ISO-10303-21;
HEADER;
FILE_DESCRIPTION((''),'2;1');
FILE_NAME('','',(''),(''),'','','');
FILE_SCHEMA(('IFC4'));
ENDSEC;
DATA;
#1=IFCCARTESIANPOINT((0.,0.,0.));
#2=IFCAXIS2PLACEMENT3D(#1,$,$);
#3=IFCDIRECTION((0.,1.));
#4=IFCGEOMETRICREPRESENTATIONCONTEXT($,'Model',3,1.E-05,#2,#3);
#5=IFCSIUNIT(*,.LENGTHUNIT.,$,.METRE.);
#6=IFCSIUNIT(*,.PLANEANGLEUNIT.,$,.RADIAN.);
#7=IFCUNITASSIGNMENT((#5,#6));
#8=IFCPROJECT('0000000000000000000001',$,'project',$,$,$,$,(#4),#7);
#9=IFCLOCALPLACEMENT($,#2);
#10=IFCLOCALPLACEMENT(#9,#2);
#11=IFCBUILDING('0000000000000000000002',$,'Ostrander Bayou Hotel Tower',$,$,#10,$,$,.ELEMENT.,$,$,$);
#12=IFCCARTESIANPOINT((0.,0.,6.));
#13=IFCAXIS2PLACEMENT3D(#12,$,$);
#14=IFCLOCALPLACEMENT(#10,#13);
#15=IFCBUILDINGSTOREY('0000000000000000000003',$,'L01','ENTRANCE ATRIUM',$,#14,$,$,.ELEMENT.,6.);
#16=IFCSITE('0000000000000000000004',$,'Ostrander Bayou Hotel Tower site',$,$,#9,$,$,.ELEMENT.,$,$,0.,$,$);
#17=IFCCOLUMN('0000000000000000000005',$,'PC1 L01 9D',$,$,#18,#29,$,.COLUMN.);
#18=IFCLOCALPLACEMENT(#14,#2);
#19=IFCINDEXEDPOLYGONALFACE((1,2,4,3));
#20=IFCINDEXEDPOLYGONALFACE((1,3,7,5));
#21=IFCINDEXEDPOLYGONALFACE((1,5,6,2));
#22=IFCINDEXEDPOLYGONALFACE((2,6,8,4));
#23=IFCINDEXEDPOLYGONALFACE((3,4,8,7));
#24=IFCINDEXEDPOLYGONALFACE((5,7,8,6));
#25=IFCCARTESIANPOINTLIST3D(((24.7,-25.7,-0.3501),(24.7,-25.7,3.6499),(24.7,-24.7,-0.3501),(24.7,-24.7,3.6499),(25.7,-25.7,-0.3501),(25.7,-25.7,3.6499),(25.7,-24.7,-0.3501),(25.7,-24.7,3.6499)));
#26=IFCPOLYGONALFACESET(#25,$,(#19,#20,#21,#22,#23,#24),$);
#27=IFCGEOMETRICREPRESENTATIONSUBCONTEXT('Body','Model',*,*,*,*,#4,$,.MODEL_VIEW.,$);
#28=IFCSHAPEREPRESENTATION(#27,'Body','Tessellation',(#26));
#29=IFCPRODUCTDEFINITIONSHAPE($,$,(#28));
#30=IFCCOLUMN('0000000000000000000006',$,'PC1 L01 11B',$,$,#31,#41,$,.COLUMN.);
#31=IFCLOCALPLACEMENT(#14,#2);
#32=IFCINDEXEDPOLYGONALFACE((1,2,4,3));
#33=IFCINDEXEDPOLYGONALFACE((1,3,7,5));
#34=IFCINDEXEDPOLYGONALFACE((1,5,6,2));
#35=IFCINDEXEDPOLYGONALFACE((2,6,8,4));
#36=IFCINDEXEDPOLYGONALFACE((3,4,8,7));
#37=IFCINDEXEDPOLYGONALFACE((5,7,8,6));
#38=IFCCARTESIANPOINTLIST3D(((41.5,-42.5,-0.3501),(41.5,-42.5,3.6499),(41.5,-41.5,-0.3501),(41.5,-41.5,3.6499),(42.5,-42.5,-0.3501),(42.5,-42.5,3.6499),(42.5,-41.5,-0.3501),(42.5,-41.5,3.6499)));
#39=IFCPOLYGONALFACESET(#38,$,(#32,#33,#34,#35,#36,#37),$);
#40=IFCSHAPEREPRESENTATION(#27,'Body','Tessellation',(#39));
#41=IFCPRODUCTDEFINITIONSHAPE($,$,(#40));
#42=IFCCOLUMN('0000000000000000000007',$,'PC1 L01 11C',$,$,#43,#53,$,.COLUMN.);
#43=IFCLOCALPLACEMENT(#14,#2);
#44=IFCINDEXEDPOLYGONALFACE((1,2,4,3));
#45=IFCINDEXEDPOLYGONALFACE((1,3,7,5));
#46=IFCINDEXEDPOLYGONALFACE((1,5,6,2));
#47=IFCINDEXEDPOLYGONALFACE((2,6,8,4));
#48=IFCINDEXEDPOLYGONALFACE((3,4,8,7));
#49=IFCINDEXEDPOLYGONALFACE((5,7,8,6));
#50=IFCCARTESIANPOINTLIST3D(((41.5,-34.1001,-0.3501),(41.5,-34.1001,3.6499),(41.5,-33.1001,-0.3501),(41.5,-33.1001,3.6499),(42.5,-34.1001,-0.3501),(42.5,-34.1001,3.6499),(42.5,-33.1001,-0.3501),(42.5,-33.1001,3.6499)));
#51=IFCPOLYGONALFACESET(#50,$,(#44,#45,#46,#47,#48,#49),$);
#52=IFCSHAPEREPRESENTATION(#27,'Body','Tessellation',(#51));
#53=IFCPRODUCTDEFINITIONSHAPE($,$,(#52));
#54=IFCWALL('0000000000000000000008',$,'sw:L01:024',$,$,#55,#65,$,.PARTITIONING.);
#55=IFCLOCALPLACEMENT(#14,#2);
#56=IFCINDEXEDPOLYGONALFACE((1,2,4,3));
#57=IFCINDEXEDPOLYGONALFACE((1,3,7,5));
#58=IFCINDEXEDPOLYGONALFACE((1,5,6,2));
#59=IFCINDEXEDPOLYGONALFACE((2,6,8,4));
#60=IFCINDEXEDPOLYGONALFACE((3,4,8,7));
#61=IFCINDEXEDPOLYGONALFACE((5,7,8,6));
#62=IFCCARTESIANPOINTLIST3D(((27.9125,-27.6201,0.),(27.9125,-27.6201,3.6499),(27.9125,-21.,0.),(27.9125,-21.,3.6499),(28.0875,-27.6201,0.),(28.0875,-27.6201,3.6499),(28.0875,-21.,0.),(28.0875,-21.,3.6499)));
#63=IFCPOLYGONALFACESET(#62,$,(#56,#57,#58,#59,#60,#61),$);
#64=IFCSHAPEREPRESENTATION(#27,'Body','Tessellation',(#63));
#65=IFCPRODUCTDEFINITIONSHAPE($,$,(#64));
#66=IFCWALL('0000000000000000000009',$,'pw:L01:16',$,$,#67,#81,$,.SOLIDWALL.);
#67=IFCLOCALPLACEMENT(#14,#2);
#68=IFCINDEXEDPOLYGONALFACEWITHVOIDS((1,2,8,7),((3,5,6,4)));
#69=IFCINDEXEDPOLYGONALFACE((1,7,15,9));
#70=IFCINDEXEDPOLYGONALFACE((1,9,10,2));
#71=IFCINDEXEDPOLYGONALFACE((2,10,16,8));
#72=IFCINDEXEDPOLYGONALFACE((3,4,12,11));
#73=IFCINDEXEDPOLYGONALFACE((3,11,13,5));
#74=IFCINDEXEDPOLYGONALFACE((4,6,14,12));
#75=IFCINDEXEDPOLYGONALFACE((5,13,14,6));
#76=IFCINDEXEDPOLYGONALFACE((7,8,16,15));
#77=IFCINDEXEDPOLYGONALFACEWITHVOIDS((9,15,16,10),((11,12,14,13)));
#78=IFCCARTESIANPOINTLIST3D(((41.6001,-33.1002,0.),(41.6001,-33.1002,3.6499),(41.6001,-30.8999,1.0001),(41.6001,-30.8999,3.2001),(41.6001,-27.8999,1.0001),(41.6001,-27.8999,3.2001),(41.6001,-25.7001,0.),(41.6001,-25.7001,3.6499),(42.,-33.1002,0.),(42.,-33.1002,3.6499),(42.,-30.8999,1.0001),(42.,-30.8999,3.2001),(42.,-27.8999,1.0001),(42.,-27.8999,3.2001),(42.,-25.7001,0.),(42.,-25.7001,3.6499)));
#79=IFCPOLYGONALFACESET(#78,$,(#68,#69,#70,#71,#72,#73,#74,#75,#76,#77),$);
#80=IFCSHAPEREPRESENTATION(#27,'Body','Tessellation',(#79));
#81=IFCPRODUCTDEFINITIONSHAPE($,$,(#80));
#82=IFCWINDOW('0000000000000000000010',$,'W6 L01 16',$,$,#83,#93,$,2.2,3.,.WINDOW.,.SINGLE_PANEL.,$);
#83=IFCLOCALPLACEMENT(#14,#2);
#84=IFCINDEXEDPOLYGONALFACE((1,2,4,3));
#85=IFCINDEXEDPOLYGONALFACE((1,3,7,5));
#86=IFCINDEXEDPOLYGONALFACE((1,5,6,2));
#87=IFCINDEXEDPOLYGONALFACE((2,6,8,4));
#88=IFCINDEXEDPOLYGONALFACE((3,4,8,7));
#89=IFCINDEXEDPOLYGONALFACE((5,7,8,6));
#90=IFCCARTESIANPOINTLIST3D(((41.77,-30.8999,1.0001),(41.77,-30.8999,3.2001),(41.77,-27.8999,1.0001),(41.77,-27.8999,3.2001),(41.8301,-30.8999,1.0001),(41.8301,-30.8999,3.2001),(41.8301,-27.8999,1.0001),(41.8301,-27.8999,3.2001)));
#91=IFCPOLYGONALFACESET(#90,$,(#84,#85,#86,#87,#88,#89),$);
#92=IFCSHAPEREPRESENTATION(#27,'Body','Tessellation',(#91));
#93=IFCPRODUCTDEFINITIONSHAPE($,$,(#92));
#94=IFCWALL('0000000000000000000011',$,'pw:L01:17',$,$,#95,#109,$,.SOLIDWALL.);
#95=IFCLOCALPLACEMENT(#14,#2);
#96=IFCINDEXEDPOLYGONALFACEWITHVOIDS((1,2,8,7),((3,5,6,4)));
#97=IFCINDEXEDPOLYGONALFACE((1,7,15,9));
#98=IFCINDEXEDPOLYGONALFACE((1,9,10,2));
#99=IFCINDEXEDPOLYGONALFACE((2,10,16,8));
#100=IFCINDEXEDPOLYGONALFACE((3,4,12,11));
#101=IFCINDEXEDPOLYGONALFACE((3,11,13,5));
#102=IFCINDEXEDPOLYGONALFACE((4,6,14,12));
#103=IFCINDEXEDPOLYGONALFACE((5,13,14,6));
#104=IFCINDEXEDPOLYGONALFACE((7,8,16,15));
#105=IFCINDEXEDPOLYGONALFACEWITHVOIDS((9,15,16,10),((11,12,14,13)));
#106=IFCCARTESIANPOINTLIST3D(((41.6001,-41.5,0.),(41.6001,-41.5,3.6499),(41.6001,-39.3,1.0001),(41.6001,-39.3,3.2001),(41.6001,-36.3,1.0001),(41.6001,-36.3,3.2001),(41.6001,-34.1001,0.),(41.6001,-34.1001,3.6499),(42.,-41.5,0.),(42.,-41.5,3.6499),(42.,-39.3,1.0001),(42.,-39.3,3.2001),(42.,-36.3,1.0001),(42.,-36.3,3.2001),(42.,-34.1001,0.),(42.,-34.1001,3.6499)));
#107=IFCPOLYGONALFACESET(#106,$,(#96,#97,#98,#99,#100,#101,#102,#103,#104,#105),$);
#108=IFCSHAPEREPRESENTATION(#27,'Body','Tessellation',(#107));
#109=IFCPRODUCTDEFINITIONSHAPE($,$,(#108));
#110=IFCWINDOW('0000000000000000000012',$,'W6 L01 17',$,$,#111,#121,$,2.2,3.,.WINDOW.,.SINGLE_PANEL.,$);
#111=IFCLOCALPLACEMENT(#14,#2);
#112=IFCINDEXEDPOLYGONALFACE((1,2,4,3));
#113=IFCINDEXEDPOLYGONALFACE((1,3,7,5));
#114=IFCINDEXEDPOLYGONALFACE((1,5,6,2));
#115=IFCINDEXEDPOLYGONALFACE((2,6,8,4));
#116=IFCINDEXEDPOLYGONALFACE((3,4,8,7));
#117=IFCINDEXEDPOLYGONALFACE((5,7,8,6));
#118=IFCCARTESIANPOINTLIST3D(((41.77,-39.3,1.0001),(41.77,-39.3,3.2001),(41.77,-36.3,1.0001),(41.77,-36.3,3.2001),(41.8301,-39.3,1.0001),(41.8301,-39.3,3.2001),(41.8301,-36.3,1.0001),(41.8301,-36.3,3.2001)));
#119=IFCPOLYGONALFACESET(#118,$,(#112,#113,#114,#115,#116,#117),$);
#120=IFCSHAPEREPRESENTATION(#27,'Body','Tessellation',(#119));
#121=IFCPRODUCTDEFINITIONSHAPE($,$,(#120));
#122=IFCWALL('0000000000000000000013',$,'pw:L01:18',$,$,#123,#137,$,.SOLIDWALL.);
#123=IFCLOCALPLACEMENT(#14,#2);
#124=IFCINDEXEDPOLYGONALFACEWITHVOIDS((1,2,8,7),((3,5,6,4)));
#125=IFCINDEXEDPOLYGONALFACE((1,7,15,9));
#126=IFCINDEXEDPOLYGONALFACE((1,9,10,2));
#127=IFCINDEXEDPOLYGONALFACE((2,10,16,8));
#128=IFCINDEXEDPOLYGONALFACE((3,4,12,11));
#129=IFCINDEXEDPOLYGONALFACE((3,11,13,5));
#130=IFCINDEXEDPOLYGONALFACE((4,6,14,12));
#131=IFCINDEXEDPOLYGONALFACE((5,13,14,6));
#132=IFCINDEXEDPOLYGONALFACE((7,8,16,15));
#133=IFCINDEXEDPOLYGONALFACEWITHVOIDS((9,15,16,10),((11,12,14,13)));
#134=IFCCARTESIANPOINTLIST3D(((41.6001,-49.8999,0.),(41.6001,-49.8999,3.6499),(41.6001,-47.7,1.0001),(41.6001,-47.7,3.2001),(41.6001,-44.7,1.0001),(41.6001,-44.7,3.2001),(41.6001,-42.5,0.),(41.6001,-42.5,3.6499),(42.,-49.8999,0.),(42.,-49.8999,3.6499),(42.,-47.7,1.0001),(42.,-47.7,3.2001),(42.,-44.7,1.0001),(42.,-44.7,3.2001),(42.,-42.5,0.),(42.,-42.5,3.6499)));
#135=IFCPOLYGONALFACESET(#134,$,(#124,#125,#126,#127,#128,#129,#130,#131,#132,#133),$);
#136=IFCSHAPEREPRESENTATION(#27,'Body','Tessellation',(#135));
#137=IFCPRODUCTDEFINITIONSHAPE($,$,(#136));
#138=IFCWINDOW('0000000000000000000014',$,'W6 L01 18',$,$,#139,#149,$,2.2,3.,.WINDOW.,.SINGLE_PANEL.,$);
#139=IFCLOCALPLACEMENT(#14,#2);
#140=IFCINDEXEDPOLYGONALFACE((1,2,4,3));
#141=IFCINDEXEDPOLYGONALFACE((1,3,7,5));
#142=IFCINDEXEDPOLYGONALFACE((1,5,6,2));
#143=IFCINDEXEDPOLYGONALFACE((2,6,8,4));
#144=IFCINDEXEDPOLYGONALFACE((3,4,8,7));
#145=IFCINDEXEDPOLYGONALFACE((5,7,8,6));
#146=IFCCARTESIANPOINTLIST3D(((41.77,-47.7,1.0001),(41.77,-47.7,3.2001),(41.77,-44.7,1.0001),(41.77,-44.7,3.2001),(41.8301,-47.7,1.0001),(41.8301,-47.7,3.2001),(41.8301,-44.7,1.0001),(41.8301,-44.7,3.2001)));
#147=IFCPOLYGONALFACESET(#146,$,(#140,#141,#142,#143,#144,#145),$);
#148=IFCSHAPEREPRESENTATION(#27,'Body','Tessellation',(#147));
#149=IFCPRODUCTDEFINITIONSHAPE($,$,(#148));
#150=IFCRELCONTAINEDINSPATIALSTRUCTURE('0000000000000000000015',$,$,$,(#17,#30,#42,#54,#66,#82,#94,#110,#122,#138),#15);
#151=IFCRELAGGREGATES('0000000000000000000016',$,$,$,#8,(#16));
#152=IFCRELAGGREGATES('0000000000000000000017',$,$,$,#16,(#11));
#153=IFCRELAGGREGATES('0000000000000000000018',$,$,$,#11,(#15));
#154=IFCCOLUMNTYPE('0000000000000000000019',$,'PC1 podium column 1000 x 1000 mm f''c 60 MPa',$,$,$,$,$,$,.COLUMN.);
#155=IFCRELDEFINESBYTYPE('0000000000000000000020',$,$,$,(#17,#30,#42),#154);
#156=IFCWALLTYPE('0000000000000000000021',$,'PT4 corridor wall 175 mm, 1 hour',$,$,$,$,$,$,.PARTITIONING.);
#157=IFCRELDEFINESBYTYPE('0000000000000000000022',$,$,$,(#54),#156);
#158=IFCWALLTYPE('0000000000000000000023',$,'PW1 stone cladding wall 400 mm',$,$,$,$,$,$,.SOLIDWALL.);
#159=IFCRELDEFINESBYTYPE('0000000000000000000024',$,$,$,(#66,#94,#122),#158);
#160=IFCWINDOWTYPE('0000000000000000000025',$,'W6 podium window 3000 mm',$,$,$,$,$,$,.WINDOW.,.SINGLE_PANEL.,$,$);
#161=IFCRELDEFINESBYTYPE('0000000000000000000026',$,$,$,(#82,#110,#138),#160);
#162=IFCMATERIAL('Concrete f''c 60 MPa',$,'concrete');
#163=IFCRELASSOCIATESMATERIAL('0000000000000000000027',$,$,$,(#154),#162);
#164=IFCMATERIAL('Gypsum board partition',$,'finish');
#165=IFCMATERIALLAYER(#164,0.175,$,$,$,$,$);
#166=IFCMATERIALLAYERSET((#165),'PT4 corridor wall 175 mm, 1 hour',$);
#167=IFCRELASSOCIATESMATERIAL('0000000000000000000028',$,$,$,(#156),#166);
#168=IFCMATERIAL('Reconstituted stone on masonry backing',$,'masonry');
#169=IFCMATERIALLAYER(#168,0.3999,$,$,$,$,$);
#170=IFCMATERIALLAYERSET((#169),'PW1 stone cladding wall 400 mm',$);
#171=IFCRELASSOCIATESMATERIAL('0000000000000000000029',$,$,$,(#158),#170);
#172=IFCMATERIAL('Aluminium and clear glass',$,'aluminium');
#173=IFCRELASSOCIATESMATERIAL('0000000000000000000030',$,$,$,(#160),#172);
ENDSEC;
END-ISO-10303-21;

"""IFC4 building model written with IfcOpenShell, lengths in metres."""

from ifc_helpers import new_model, si_unit, direction, frame, frame_2d, origin, origin_2d, place, context, subcontext, project, spatial, rectangle, extrude, material, layer, layer_set, material_profile, profile_set, type_object, element, fill, save


model = new_model("IFC4")

# Units and contexts
model_context = context("Model", 3, precision=1e-05, world=origin(), true_north=direction((0.0, 1.0)))
body_context = subcontext(model_context, "Body", "Model", "MODEL_VIEW")
ifc_project = project(units=[si_unit("LENGTHUNIT", "METRE"), si_unit("PLANEANGLEUNIT", "RADIAN")], contexts=[model_context])

# Site, building, storey
site_placement = place(None, origin())
site = spatial("IfcSite", under=ifc_project, at=site_placement, Name="Ostrander Bayou Hotel Tower site", CompositionType="ELEMENT", RefElevation=0.0)
building_placement = place(site_placement, origin())
building = spatial("IfcBuilding", under=site, at=building_placement, Name="Ostrander Bayou Hotel Tower", CompositionType="ELEMENT")
storey_placement = place(building_placement, frame((0.0, 0.0, 6.0)))
storey = spatial("IfcBuildingStorey", under=building, at=storey_placement, Name="L01", Description="ENTRANCE ATRIUM", CompositionType="ELEMENT", Elevation=6.0)

# Columns
ifc_material_1 = material(Name="Concrete f'c 60 MPa", Category="concrete")
ifc_material_profile = material_profile(ifc_material_1, rectangle(XDim=1.0, YDim=1.0, at=origin_2d()))
ifc_profile_set = profile_set([ifc_material_profile], Name="Concrete f'c 60 MPa")
column_type = type_object("IfcColumnType", Name="PC1 podium column 1000 x 1000 mm f'c 60 MPa", PredefinedType="COLUMN", material=ifc_profile_set)
for number, where, z_axis, x_axis, name in (
    (1, (25.2, -25.2, -0.3501), (0.0, 0.0, 1.0), (1.0, 0.0, 0.0), "PC1 L01 9D"),
    (2, (42.0, -42.0, -0.3501), (0.0, 0.0, 1.0), (1.0, 0.0, 0.0), "PC1 L01 11B"),
    (3, (42.0, -33.6001, -0.3501), (0.0, 0.0, 1.0), (1.0, 0.0, 0.0), "PC1 L01 11C"),
):
    element("IfcColumn", number, at=place(storey_placement, frame(where, z_axis=z_axis, x_axis=x_axis)), inside=storey, type_object=column_type, Name=name, PredefinedType="COLUMN", context=body_context, shape_type="SweptSolid", body=[
        extrude(rectangle(XDim=1.0, YDim=1.0, at=origin_2d()), origin(), (0.0, 0.0, 1.0), 4.0),
    ])

# Wall
ifc_material_2 = material(Name="Gypsum board partition", Category="finish")
ifc_layer_1 = layer(ifc_material_2, 0.175)
ifc_layer_set_1 = layer_set([ifc_layer_1], Name="PT4 corridor wall 175 mm, 1 hour")
wall_type_1 = type_object("IfcWallType", Name="PT4 corridor wall 175 mm, 1 hour", PredefinedType="PARTITIONING", material=ifc_layer_set_1)
wall_1_placement = place(storey_placement, frame((28.0, -27.6201, 0.0), z_axis=(0.0, 0.0, 1.0), x_axis=(0.0, 1.0, 0.0)))
element("IfcWall", 4, at=wall_1_placement, inside=storey, type_object=wall_type_1, Name="sw:L01:024", PredefinedType="PARTITIONING", context=body_context, shape_type="SweptSolid", body=[
    extrude(rectangle(XDim=6.6201, YDim=0.175, at=frame_2d((3.3101, 0.0))), origin(), (0.0, 0.0, 1.0), 3.6499),
])

# Walls, openings, windows
ifc_material_3 = material(Name="Reconstituted stone on masonry backing", Category="masonry")
ifc_layer_2 = layer(ifc_material_3, 0.3999)
ifc_layer_set_2 = layer_set([ifc_layer_2], Name="PW1 stone cladding wall 400 mm")
wall_type_2 = type_object("IfcWallType", Name="PW1 stone cladding wall 400 mm", PredefinedType="SOLIDWALL", material=ifc_layer_set_2)
wall_2_placement = place(storey_placement, frame((41.8, -25.7, 0.0), z_axis=(0.0, 0.0, 1.0), x_axis=(0.0, -1.0, 0.0)))
wall_2 = element("IfcWall", 5, at=wall_2_placement, inside=storey, type_object=wall_type_2, Name="pw:L01:16", PredefinedType="SOLIDWALL", context=body_context, shape_type="SweptSolid", body=[
    extrude(rectangle(XDim=7.4001, YDim=0.3999, at=frame_2d((3.7002, 0.0))), origin(), (0.0, 0.0, 1.0), 3.6499),
])
opening_1_placement = place(wall_2_placement, frame((2.2, 0.0, 1.0)))
opening_1 = element("IfcOpeningElement", 6, at=opening_1_placement, cuts=wall_2, PredefinedType="OPENING", context=body_context, shape_type="SweptSolid", body=[
    extrude(rectangle(XDim=3.0, YDim=2.2, at=frame_2d((1.5, 1.1001))), frame((0.0, 0.2, 0.0), z_axis=(0.0, -1.0, 0.0), x_axis=(1.0, 0.0, 0.0)), (0.0, 0.0, 1.0), 0.3999),
])
ifc_material_4 = material(Name="Aluminium and clear glass", Category="aluminium")
window_type = type_object("IfcWindowType", Name="W6 podium window 3000 mm", PartitioningType="SINGLE_PANEL", PredefinedType="WINDOW", material=ifc_material_4)
window_1_placement = place(opening_1_placement, origin())
window_1 = element("IfcWindow", 7, at=window_1_placement, inside=storey, type_object=window_type, Name="W6 L01 16", OverallHeight=2.2, OverallWidth=3.0, PartitioningType="SINGLE_PANEL", PredefinedType="WINDOW", context=body_context, shape_type="SweptSolid", body=[
    extrude(rectangle(XDim=3.0, YDim=2.2, at=frame_2d((1.5, 1.1001))), frame((0.0, 0.03, 0.0), z_axis=(0.0, -1.0, 0.0), x_axis=(1.0, 0.0, 0.0)), (0.0, 0.0, 1.0), 0.0601),
])
fill(opening_1, window_1)
wall_3_placement = place(storey_placement, frame((41.8, -34.1001, 0.0), z_axis=(0.0, 0.0, 1.0), x_axis=(0.0, -1.0, 0.0)))
wall_3 = element("IfcWall", 8, at=wall_3_placement, inside=storey, type_object=wall_type_2, Name="pw:L01:17", PredefinedType="SOLIDWALL", context=body_context, shape_type="SweptSolid", body=[
    extrude(rectangle(XDim=7.3999, YDim=0.3999, at=frame_2d((3.7, 0.0))), origin(), (0.0, 0.0, 1.0), 3.6499),
])
opening_2_placement = place(wall_3_placement, frame((2.2, 0.0, 1.0)))
opening_2 = element("IfcOpeningElement", 9, at=opening_2_placement, cuts=wall_3, PredefinedType="OPENING", context=body_context, shape_type="SweptSolid", body=[
    extrude(rectangle(XDim=3.0, YDim=2.2, at=frame_2d((1.5, 1.1001))), frame((0.0, 0.2, 0.0), z_axis=(0.0, -1.0, 0.0), x_axis=(1.0, 0.0, 0.0)), (0.0, 0.0, 1.0), 0.3999),
])
window_2_placement = place(opening_2_placement, origin())
window_2 = element("IfcWindow", 10, at=window_2_placement, inside=storey, type_object=window_type, Name="W6 L01 17", OverallHeight=2.2, OverallWidth=3.0, PartitioningType="SINGLE_PANEL", PredefinedType="WINDOW", context=body_context, shape_type="SweptSolid", body=[
    extrude(rectangle(XDim=3.0, YDim=2.2, at=frame_2d((1.5, 1.1001))), frame((0.0, 0.03, 0.0), z_axis=(0.0, -1.0, 0.0), x_axis=(1.0, 0.0, 0.0)), (0.0, 0.0, 1.0), 0.0601),
])
fill(opening_2, window_2)
wall_4_placement = place(storey_placement, frame((41.8, -42.5, 0.0), z_axis=(0.0, 0.0, 1.0), x_axis=(0.0, -1.0, 0.0)))
wall_4 = element("IfcWall", 11, at=wall_4_placement, inside=storey, type_object=wall_type_2, Name="pw:L01:18", PredefinedType="SOLIDWALL", context=body_context, shape_type="SweptSolid", body=[
    extrude(rectangle(XDim=7.3999, YDim=0.3999, at=frame_2d((3.7, 0.0))), origin(), (0.0, 0.0, 1.0), 3.6499),
])
opening_3_placement = place(wall_4_placement, frame((2.2, 0.0, 1.0)))
opening_3 = element("IfcOpeningElement", 12, at=opening_3_placement, cuts=wall_4, PredefinedType="OPENING", context=body_context, shape_type="SweptSolid", body=[
    extrude(rectangle(XDim=3.0, YDim=2.2, at=frame_2d((1.5, 1.1001))), frame((0.0, 0.2, 0.0), z_axis=(0.0, -1.0, 0.0), x_axis=(1.0, 0.0, 0.0)), (0.0, 0.0, 1.0), 0.3999),
])
window_3_placement = place(opening_3_placement, origin())
window_3 = element("IfcWindow", 13, at=window_3_placement, inside=storey, type_object=window_type, Name="W6 L01 18", OverallHeight=2.2, OverallWidth=3.0, PartitioningType="SINGLE_PANEL", PredefinedType="WINDOW", context=body_context, shape_type="SweptSolid", body=[
    extrude(rectangle(XDim=3.0, YDim=2.2, at=frame_2d((1.5, 1.1001))), frame((0.0, 0.03, 0.0), z_axis=(0.0, -1.0, 0.0), x_axis=(1.0, 0.0, 0.0)), (0.0, 0.0, 1.0), 0.0601),
])
fill(opening_3, window_3)

save(model, "model.ifc")
